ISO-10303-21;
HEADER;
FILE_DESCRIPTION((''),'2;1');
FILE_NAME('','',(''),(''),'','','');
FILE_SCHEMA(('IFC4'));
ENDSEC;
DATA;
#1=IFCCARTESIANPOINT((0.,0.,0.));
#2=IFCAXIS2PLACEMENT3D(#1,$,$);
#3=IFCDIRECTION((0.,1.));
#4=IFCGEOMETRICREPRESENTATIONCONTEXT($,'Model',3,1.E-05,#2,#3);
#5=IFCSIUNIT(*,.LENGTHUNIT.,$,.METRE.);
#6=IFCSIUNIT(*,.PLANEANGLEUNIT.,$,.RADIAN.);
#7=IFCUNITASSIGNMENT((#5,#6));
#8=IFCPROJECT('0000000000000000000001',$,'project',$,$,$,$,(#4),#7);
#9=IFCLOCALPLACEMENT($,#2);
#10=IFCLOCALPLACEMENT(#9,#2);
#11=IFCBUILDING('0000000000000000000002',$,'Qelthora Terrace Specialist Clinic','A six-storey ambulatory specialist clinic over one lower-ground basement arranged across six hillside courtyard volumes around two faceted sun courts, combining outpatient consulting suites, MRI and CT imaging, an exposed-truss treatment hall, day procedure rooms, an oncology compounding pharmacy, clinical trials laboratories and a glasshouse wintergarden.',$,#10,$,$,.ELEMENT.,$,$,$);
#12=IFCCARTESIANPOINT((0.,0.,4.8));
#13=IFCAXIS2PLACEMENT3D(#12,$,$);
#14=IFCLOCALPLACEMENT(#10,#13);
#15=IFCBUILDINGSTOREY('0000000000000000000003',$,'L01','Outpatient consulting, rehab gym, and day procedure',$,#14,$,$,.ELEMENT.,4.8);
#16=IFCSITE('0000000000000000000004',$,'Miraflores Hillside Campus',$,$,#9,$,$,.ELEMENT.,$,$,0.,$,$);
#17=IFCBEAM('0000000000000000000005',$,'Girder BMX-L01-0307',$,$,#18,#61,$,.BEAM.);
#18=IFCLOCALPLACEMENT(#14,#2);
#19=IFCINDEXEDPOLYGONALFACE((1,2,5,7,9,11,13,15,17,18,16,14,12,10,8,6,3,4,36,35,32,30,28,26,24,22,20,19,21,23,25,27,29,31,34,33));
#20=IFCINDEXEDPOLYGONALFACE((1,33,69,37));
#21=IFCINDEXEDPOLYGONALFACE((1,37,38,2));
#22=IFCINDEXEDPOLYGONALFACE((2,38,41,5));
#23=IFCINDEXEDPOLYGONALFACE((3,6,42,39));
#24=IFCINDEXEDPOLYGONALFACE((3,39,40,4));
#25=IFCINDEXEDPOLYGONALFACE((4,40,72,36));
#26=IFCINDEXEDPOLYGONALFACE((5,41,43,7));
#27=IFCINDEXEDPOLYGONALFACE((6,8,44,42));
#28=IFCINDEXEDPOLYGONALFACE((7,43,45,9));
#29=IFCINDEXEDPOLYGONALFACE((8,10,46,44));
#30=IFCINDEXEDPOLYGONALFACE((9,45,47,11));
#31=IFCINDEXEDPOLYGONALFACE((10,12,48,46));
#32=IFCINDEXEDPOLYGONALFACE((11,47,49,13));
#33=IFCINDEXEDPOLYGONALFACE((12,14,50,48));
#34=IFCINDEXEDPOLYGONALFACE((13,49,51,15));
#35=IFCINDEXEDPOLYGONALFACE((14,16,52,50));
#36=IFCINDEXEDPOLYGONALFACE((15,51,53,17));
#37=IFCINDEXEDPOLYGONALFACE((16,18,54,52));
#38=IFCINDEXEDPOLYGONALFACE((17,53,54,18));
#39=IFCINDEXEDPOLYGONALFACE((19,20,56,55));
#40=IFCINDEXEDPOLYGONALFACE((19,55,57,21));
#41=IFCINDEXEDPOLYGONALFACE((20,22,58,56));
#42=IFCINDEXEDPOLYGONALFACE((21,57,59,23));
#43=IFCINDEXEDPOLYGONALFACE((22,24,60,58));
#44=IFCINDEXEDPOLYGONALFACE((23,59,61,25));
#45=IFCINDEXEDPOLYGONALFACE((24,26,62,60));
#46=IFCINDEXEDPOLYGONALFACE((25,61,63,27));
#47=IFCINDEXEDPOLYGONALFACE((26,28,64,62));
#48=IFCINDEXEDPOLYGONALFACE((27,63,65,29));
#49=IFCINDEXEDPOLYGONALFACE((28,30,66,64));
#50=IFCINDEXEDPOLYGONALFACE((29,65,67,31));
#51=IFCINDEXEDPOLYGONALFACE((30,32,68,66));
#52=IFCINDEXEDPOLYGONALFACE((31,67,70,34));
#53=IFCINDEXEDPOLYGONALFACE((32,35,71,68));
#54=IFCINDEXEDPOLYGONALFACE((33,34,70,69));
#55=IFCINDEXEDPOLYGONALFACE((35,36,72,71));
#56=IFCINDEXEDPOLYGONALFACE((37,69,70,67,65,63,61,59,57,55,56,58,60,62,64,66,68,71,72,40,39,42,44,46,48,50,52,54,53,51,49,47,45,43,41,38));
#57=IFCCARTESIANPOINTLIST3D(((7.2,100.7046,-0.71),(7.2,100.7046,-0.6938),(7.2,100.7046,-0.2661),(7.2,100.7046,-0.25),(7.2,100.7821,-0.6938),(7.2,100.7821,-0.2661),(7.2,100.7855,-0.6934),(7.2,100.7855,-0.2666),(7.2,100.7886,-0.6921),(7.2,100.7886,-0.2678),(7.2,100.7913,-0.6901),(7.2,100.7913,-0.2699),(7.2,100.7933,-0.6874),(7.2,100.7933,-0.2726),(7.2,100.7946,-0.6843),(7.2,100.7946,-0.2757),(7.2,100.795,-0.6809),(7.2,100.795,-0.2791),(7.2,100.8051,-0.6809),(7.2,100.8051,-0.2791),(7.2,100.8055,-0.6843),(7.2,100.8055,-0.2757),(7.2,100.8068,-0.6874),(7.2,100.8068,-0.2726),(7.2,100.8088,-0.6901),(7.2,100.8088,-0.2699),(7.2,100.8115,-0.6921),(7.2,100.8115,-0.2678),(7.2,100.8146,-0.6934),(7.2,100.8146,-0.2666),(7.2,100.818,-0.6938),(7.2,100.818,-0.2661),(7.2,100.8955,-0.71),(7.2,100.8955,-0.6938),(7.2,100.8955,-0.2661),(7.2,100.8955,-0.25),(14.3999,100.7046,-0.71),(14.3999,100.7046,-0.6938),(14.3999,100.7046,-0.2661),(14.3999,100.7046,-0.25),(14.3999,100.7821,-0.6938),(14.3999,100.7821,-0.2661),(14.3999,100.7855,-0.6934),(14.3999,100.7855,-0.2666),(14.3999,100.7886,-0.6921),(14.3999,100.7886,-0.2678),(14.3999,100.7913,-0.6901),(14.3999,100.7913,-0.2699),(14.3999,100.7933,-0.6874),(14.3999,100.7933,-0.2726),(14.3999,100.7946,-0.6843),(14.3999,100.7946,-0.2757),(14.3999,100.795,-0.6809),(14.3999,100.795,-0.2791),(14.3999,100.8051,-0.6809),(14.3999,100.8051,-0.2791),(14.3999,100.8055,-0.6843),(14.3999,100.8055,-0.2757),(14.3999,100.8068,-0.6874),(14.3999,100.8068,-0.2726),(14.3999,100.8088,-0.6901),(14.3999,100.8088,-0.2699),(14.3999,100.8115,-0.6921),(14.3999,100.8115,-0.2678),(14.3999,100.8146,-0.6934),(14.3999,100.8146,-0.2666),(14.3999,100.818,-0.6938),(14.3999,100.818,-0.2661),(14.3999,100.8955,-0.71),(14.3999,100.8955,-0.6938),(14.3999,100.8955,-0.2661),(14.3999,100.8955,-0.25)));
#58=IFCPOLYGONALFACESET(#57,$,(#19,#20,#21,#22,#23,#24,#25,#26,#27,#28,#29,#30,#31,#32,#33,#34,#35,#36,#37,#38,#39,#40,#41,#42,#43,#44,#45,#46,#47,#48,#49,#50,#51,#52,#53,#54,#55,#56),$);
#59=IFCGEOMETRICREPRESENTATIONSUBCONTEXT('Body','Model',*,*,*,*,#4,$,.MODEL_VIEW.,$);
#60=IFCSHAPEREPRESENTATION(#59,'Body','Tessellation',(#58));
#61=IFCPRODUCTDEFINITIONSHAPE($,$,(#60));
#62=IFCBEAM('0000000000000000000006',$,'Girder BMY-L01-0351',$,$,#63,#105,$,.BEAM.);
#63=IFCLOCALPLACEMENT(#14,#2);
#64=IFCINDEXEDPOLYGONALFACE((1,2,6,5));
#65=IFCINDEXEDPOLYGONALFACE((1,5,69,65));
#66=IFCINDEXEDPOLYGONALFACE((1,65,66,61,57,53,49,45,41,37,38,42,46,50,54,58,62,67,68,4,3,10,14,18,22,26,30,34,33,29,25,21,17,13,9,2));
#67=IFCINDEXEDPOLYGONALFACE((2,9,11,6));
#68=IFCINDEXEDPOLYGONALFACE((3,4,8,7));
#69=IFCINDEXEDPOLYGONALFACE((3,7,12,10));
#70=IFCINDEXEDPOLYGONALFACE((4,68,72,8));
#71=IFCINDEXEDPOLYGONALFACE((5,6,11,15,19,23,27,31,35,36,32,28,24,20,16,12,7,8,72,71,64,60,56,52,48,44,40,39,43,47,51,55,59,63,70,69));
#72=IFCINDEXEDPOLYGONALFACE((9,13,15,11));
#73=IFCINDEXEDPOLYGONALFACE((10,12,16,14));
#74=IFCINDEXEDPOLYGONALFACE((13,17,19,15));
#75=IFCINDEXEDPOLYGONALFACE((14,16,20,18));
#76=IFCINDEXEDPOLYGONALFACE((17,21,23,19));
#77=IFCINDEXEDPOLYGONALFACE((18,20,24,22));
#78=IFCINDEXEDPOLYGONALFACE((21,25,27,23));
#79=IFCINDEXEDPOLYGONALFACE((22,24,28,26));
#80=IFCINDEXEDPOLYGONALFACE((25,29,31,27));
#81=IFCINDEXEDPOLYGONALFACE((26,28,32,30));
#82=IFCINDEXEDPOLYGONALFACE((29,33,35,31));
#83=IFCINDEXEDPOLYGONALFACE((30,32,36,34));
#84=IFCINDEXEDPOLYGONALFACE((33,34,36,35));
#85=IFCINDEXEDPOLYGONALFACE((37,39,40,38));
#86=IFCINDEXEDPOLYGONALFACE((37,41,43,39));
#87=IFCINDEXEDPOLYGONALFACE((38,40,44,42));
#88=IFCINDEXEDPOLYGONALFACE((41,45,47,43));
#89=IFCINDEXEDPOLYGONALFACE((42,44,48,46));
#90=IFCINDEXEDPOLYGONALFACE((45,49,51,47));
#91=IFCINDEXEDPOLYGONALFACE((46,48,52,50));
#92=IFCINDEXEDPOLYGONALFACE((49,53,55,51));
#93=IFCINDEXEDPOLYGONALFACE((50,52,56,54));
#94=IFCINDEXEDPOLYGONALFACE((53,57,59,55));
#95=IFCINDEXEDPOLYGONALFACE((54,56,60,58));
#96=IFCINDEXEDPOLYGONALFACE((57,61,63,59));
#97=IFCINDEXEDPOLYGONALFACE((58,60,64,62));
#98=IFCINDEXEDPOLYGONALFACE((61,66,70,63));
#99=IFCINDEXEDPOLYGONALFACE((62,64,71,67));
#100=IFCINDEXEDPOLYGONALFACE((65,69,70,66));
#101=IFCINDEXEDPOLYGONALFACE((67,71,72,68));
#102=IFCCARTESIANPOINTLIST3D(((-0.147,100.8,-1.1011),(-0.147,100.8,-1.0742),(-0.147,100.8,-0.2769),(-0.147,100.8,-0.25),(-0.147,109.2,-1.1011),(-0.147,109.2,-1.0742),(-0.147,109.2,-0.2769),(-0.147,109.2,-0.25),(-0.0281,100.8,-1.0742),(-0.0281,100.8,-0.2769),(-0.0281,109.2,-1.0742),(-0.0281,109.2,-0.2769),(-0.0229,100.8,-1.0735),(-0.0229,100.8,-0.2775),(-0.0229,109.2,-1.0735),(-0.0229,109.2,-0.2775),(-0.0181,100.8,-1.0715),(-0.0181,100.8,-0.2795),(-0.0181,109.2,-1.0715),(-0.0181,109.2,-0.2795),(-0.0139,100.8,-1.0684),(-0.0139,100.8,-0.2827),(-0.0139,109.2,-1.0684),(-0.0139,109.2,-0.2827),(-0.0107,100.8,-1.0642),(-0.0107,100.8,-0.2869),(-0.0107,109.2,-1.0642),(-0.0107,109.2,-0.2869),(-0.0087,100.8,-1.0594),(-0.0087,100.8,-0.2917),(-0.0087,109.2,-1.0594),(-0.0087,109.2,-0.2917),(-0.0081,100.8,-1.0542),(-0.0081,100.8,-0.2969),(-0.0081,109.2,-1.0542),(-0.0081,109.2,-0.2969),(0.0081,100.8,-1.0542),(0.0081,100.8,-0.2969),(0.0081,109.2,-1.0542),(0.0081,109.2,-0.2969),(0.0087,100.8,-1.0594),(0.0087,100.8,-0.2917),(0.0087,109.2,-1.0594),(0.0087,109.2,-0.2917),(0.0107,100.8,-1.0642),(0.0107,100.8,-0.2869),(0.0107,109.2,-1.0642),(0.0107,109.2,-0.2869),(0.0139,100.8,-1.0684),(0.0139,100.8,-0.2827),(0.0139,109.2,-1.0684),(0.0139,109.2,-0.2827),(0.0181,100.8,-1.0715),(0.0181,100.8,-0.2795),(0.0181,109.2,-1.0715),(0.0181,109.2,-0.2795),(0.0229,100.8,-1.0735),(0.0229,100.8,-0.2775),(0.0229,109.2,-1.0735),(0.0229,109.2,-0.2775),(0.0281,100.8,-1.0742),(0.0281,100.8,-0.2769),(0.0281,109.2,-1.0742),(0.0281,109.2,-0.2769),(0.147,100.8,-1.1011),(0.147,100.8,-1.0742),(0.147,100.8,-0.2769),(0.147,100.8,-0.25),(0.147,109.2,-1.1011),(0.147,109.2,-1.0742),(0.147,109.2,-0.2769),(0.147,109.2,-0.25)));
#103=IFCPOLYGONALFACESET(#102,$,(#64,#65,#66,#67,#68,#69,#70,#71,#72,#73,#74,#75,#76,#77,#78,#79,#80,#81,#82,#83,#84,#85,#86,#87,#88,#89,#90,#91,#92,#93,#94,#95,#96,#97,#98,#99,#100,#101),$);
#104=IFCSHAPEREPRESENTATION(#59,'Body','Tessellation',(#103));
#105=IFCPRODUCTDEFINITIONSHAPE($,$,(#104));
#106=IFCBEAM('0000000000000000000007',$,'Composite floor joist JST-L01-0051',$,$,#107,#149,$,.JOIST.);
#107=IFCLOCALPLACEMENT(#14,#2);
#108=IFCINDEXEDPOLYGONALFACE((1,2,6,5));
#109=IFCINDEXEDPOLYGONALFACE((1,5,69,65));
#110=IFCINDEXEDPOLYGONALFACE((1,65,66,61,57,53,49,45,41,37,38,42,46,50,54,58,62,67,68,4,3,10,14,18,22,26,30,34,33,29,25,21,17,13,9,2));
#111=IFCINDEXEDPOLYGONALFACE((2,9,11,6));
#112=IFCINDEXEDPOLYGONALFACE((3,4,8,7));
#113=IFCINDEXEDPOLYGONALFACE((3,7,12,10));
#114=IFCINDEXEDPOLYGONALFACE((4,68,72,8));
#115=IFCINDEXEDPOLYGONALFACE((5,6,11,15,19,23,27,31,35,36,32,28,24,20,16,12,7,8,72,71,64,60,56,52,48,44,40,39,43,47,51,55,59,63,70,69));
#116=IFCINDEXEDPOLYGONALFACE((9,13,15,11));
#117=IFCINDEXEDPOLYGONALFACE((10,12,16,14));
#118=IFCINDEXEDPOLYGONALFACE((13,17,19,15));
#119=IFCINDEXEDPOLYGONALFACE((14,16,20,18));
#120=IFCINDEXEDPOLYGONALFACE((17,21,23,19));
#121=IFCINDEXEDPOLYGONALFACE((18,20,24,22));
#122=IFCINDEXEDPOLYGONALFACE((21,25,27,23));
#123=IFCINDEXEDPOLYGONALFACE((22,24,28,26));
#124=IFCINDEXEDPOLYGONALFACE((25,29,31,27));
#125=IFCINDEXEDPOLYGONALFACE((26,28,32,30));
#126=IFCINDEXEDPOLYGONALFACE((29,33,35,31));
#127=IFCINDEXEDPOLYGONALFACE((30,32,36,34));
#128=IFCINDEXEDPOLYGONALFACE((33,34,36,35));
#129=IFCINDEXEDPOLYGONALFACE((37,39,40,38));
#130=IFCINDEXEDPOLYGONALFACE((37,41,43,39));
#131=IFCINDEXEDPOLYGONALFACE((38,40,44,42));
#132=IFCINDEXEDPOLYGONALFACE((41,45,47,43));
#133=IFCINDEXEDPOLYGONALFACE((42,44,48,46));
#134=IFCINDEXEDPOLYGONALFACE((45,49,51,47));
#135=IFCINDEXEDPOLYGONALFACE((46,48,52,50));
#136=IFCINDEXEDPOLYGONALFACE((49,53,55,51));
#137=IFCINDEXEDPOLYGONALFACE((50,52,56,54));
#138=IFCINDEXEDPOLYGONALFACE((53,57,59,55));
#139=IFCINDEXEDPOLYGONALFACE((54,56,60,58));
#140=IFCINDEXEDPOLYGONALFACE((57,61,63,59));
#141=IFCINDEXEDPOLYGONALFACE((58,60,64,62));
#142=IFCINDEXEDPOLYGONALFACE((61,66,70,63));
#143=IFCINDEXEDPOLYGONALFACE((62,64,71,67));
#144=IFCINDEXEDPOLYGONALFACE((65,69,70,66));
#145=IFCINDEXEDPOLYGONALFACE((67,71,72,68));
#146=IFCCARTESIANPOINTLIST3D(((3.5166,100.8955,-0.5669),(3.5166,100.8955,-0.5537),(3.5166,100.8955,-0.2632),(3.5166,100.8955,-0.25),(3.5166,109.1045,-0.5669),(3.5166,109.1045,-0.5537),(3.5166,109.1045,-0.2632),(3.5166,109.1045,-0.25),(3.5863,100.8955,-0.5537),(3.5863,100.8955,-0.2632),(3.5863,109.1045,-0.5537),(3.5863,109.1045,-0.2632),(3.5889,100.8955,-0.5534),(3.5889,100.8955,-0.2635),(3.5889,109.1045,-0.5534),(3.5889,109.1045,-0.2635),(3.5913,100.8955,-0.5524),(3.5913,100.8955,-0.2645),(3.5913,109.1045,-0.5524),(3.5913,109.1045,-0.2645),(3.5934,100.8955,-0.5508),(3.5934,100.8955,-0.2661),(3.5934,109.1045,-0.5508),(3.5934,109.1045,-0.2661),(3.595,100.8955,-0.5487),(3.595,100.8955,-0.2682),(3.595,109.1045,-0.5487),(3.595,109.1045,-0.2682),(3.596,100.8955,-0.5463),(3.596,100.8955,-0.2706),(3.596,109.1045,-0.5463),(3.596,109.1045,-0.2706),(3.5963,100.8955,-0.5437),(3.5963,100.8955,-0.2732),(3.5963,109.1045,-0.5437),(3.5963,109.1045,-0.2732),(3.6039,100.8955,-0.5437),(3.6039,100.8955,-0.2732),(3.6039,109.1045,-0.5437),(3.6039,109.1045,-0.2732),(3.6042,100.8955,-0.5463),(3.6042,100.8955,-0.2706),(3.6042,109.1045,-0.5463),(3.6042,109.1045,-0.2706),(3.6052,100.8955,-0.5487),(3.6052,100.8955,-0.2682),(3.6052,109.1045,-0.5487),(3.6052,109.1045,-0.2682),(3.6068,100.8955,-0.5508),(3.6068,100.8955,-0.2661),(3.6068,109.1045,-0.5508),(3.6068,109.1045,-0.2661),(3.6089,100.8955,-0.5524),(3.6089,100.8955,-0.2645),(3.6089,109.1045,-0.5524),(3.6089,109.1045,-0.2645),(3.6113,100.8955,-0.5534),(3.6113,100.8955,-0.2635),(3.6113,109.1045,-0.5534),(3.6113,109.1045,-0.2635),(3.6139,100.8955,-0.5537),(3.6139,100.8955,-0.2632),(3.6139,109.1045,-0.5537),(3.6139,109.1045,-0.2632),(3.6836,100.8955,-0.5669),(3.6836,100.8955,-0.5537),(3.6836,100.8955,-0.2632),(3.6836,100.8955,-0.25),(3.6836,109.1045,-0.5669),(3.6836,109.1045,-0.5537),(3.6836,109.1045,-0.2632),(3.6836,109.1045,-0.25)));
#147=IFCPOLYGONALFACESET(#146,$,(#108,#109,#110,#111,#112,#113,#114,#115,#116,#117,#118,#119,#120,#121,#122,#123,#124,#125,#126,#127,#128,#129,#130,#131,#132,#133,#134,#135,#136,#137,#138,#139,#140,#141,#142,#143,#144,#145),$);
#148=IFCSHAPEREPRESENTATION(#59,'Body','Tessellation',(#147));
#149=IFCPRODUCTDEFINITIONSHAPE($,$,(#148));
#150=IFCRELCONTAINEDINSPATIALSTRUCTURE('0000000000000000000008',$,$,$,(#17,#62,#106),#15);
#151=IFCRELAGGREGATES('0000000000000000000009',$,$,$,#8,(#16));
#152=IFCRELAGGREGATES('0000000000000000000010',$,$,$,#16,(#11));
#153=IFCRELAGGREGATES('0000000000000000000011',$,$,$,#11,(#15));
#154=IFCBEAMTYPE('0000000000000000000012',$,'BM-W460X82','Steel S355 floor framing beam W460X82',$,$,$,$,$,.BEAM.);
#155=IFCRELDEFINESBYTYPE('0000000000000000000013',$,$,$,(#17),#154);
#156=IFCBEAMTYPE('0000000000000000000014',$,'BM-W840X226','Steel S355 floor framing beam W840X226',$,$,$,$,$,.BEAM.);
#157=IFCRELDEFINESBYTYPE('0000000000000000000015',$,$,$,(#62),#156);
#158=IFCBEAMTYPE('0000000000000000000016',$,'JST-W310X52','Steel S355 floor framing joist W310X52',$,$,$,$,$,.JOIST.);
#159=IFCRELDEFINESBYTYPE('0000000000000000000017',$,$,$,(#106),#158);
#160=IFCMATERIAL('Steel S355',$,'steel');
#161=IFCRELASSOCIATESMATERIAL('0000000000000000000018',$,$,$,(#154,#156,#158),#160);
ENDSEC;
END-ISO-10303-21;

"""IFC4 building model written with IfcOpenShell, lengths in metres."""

from ifc_helpers import new_model, si_unit, direction, frame, origin, origin_2d, place, context, subcontext, project, spatial, i_section, extrude, material, material_profile, profile_set, type_object, element, save


model = new_model("IFC4")

# Units and contexts
model_context = context("Model", 3, precision=1e-05, world=origin(), true_north=direction((0.0, 1.0)))
body_context = subcontext(model_context, "Body", "Model", "MODEL_VIEW")
ifc_project = project(units=[si_unit("LENGTHUNIT", "METRE"), si_unit("PLANEANGLEUNIT", "RADIAN")], contexts=[model_context])

# Site, building, storey
site_placement = place(None, origin())
site = spatial("IfcSite", under=ifc_project, at=site_placement, Name="Miraflores Hillside Campus", CompositionType="ELEMENT", RefElevation=0.0)
building_placement = place(site_placement, origin())
building = spatial("IfcBuilding", under=site, at=building_placement, Name="Qelthora Terrace Specialist Clinic", Description="A six-storey ambulatory specialist clinic over one lower-ground basement arranged across six hillside courtyard volumes around two faceted sun courts, combining outpatient consulting suites, MRI and CT imaging, an exposed-truss treatment hall, day procedure rooms, an oncology compounding pharmacy, clinical trials laboratories and a glasshouse wintergarden.", CompositionType="ELEMENT")
storey_placement = place(building_placement, frame((0.0, 0.0, 4.8)))
storey = spatial("IfcBuildingStorey", under=building, at=storey_placement, Name="L01", Description="Outpatient consulting, rehab gym, and day procedure", CompositionType="ELEMENT", Elevation=4.8)

# Shared definitions
ifc_material_1 = material(Name="Steel S355", Category="steel")

# Beams
ifc_material_profile_1 = material_profile(ifc_material_1, i_section(OverallWidth=0.1909, OverallDepth=0.46, WebThickness=0.01, FlangeThickness=0.0161, FilletRadius=0.0129, at=origin_2d()), Name="W460X82")
ifc_profile_set_1 = profile_set([ifc_material_profile_1], Name="Steel S355")
beam_type_1 = type_object("IfcBeamType", Name="BM-W460X82", Description="Steel S355 floor framing beam W460X82", PredefinedType="BEAM", material=ifc_profile_set_1)
beam_1_placement = place(storey_placement, frame((7.2, 100.8, -0.48), z_axis=(1.0, 0.0, 0.0), x_axis=(0.0, 1.0, 0.0)))
element("IfcBeam", 1, at=beam_1_placement, inside=storey, type_object=beam_type_1, Name="Girder BMX-L01-0307", PredefinedType="BEAM", context=body_context, shape_type="SweptSolid", body=[
    extrude(i_section(OverallWidth=0.1909, OverallDepth=0.46, WebThickness=0.01, FlangeThickness=0.0161, FilletRadius=0.0129, at=origin_2d()), origin(), (0.0, 0.0, 1.0), 7.2),
])
ifc_material_profile_2 = material_profile(ifc_material_1, i_section(OverallWidth=0.2939, OverallDepth=0.8511, WebThickness=0.0161, FlangeThickness=0.0269, FilletRadius=0.02, at=origin_2d()), Name="W840X226")
ifc_profile_set_2 = profile_set([ifc_material_profile_2], Name="Steel S355")
beam_type_2 = type_object("IfcBeamType", Name="BM-W840X226", Description="Steel S355 floor framing beam W840X226", PredefinedType="BEAM", material=ifc_profile_set_2)
beam_2_placement = place(storey_placement, frame((0.0, 100.8, -0.6755), z_axis=(0.0, 1.0, 0.0), x_axis=(-1.0, 0.0, 0.0)))
element("IfcBeam", 2, at=beam_2_placement, inside=storey, type_object=beam_type_2, Name="Girder BMY-L01-0351", PredefinedType="BEAM", context=body_context, shape_type="SweptSolid", body=[
    extrude(i_section(OverallWidth=0.2939, OverallDepth=0.8511, WebThickness=0.0161, FlangeThickness=0.0269, FilletRadius=0.02, at=origin_2d()), origin(), (0.0, 0.0, 1.0), 8.3999),
])
ifc_material_profile_3 = material_profile(ifc_material_1, i_section(OverallWidth=0.167, OverallDepth=0.3169, WebThickness=0.0076, FlangeThickness=0.0132, FilletRadius=0.01, at=origin_2d()), Name="W310X52")
ifc_profile_set_3 = profile_set([ifc_material_profile_3], Name="Steel S355")
beam_type_3 = type_object("IfcBeamType", Name="JST-W310X52", Description="Steel S355 floor framing joist W310X52", PredefinedType="JOIST", material=ifc_profile_set_3)
beam_3_placement = place(storey_placement, frame((3.6001, 100.8955, -0.4084), z_axis=(0.0, 1.0, 0.0), x_axis=(-1.0, 0.0, 0.0)))
element("IfcBeam", 3, at=beam_3_placement, inside=storey, type_object=beam_type_3, Name="Composite floor joist JST-L01-0051", PredefinedType="JOIST", context=body_context, shape_type="SweptSolid", body=[
    extrude(i_section(OverallWidth=0.167, OverallDepth=0.3169, WebThickness=0.0076, FlangeThickness=0.0132, FilletRadius=0.01, at=origin_2d()), origin(), (0.0, 0.0, 1.0), 8.209),
])

save(model, "model.ifc")
